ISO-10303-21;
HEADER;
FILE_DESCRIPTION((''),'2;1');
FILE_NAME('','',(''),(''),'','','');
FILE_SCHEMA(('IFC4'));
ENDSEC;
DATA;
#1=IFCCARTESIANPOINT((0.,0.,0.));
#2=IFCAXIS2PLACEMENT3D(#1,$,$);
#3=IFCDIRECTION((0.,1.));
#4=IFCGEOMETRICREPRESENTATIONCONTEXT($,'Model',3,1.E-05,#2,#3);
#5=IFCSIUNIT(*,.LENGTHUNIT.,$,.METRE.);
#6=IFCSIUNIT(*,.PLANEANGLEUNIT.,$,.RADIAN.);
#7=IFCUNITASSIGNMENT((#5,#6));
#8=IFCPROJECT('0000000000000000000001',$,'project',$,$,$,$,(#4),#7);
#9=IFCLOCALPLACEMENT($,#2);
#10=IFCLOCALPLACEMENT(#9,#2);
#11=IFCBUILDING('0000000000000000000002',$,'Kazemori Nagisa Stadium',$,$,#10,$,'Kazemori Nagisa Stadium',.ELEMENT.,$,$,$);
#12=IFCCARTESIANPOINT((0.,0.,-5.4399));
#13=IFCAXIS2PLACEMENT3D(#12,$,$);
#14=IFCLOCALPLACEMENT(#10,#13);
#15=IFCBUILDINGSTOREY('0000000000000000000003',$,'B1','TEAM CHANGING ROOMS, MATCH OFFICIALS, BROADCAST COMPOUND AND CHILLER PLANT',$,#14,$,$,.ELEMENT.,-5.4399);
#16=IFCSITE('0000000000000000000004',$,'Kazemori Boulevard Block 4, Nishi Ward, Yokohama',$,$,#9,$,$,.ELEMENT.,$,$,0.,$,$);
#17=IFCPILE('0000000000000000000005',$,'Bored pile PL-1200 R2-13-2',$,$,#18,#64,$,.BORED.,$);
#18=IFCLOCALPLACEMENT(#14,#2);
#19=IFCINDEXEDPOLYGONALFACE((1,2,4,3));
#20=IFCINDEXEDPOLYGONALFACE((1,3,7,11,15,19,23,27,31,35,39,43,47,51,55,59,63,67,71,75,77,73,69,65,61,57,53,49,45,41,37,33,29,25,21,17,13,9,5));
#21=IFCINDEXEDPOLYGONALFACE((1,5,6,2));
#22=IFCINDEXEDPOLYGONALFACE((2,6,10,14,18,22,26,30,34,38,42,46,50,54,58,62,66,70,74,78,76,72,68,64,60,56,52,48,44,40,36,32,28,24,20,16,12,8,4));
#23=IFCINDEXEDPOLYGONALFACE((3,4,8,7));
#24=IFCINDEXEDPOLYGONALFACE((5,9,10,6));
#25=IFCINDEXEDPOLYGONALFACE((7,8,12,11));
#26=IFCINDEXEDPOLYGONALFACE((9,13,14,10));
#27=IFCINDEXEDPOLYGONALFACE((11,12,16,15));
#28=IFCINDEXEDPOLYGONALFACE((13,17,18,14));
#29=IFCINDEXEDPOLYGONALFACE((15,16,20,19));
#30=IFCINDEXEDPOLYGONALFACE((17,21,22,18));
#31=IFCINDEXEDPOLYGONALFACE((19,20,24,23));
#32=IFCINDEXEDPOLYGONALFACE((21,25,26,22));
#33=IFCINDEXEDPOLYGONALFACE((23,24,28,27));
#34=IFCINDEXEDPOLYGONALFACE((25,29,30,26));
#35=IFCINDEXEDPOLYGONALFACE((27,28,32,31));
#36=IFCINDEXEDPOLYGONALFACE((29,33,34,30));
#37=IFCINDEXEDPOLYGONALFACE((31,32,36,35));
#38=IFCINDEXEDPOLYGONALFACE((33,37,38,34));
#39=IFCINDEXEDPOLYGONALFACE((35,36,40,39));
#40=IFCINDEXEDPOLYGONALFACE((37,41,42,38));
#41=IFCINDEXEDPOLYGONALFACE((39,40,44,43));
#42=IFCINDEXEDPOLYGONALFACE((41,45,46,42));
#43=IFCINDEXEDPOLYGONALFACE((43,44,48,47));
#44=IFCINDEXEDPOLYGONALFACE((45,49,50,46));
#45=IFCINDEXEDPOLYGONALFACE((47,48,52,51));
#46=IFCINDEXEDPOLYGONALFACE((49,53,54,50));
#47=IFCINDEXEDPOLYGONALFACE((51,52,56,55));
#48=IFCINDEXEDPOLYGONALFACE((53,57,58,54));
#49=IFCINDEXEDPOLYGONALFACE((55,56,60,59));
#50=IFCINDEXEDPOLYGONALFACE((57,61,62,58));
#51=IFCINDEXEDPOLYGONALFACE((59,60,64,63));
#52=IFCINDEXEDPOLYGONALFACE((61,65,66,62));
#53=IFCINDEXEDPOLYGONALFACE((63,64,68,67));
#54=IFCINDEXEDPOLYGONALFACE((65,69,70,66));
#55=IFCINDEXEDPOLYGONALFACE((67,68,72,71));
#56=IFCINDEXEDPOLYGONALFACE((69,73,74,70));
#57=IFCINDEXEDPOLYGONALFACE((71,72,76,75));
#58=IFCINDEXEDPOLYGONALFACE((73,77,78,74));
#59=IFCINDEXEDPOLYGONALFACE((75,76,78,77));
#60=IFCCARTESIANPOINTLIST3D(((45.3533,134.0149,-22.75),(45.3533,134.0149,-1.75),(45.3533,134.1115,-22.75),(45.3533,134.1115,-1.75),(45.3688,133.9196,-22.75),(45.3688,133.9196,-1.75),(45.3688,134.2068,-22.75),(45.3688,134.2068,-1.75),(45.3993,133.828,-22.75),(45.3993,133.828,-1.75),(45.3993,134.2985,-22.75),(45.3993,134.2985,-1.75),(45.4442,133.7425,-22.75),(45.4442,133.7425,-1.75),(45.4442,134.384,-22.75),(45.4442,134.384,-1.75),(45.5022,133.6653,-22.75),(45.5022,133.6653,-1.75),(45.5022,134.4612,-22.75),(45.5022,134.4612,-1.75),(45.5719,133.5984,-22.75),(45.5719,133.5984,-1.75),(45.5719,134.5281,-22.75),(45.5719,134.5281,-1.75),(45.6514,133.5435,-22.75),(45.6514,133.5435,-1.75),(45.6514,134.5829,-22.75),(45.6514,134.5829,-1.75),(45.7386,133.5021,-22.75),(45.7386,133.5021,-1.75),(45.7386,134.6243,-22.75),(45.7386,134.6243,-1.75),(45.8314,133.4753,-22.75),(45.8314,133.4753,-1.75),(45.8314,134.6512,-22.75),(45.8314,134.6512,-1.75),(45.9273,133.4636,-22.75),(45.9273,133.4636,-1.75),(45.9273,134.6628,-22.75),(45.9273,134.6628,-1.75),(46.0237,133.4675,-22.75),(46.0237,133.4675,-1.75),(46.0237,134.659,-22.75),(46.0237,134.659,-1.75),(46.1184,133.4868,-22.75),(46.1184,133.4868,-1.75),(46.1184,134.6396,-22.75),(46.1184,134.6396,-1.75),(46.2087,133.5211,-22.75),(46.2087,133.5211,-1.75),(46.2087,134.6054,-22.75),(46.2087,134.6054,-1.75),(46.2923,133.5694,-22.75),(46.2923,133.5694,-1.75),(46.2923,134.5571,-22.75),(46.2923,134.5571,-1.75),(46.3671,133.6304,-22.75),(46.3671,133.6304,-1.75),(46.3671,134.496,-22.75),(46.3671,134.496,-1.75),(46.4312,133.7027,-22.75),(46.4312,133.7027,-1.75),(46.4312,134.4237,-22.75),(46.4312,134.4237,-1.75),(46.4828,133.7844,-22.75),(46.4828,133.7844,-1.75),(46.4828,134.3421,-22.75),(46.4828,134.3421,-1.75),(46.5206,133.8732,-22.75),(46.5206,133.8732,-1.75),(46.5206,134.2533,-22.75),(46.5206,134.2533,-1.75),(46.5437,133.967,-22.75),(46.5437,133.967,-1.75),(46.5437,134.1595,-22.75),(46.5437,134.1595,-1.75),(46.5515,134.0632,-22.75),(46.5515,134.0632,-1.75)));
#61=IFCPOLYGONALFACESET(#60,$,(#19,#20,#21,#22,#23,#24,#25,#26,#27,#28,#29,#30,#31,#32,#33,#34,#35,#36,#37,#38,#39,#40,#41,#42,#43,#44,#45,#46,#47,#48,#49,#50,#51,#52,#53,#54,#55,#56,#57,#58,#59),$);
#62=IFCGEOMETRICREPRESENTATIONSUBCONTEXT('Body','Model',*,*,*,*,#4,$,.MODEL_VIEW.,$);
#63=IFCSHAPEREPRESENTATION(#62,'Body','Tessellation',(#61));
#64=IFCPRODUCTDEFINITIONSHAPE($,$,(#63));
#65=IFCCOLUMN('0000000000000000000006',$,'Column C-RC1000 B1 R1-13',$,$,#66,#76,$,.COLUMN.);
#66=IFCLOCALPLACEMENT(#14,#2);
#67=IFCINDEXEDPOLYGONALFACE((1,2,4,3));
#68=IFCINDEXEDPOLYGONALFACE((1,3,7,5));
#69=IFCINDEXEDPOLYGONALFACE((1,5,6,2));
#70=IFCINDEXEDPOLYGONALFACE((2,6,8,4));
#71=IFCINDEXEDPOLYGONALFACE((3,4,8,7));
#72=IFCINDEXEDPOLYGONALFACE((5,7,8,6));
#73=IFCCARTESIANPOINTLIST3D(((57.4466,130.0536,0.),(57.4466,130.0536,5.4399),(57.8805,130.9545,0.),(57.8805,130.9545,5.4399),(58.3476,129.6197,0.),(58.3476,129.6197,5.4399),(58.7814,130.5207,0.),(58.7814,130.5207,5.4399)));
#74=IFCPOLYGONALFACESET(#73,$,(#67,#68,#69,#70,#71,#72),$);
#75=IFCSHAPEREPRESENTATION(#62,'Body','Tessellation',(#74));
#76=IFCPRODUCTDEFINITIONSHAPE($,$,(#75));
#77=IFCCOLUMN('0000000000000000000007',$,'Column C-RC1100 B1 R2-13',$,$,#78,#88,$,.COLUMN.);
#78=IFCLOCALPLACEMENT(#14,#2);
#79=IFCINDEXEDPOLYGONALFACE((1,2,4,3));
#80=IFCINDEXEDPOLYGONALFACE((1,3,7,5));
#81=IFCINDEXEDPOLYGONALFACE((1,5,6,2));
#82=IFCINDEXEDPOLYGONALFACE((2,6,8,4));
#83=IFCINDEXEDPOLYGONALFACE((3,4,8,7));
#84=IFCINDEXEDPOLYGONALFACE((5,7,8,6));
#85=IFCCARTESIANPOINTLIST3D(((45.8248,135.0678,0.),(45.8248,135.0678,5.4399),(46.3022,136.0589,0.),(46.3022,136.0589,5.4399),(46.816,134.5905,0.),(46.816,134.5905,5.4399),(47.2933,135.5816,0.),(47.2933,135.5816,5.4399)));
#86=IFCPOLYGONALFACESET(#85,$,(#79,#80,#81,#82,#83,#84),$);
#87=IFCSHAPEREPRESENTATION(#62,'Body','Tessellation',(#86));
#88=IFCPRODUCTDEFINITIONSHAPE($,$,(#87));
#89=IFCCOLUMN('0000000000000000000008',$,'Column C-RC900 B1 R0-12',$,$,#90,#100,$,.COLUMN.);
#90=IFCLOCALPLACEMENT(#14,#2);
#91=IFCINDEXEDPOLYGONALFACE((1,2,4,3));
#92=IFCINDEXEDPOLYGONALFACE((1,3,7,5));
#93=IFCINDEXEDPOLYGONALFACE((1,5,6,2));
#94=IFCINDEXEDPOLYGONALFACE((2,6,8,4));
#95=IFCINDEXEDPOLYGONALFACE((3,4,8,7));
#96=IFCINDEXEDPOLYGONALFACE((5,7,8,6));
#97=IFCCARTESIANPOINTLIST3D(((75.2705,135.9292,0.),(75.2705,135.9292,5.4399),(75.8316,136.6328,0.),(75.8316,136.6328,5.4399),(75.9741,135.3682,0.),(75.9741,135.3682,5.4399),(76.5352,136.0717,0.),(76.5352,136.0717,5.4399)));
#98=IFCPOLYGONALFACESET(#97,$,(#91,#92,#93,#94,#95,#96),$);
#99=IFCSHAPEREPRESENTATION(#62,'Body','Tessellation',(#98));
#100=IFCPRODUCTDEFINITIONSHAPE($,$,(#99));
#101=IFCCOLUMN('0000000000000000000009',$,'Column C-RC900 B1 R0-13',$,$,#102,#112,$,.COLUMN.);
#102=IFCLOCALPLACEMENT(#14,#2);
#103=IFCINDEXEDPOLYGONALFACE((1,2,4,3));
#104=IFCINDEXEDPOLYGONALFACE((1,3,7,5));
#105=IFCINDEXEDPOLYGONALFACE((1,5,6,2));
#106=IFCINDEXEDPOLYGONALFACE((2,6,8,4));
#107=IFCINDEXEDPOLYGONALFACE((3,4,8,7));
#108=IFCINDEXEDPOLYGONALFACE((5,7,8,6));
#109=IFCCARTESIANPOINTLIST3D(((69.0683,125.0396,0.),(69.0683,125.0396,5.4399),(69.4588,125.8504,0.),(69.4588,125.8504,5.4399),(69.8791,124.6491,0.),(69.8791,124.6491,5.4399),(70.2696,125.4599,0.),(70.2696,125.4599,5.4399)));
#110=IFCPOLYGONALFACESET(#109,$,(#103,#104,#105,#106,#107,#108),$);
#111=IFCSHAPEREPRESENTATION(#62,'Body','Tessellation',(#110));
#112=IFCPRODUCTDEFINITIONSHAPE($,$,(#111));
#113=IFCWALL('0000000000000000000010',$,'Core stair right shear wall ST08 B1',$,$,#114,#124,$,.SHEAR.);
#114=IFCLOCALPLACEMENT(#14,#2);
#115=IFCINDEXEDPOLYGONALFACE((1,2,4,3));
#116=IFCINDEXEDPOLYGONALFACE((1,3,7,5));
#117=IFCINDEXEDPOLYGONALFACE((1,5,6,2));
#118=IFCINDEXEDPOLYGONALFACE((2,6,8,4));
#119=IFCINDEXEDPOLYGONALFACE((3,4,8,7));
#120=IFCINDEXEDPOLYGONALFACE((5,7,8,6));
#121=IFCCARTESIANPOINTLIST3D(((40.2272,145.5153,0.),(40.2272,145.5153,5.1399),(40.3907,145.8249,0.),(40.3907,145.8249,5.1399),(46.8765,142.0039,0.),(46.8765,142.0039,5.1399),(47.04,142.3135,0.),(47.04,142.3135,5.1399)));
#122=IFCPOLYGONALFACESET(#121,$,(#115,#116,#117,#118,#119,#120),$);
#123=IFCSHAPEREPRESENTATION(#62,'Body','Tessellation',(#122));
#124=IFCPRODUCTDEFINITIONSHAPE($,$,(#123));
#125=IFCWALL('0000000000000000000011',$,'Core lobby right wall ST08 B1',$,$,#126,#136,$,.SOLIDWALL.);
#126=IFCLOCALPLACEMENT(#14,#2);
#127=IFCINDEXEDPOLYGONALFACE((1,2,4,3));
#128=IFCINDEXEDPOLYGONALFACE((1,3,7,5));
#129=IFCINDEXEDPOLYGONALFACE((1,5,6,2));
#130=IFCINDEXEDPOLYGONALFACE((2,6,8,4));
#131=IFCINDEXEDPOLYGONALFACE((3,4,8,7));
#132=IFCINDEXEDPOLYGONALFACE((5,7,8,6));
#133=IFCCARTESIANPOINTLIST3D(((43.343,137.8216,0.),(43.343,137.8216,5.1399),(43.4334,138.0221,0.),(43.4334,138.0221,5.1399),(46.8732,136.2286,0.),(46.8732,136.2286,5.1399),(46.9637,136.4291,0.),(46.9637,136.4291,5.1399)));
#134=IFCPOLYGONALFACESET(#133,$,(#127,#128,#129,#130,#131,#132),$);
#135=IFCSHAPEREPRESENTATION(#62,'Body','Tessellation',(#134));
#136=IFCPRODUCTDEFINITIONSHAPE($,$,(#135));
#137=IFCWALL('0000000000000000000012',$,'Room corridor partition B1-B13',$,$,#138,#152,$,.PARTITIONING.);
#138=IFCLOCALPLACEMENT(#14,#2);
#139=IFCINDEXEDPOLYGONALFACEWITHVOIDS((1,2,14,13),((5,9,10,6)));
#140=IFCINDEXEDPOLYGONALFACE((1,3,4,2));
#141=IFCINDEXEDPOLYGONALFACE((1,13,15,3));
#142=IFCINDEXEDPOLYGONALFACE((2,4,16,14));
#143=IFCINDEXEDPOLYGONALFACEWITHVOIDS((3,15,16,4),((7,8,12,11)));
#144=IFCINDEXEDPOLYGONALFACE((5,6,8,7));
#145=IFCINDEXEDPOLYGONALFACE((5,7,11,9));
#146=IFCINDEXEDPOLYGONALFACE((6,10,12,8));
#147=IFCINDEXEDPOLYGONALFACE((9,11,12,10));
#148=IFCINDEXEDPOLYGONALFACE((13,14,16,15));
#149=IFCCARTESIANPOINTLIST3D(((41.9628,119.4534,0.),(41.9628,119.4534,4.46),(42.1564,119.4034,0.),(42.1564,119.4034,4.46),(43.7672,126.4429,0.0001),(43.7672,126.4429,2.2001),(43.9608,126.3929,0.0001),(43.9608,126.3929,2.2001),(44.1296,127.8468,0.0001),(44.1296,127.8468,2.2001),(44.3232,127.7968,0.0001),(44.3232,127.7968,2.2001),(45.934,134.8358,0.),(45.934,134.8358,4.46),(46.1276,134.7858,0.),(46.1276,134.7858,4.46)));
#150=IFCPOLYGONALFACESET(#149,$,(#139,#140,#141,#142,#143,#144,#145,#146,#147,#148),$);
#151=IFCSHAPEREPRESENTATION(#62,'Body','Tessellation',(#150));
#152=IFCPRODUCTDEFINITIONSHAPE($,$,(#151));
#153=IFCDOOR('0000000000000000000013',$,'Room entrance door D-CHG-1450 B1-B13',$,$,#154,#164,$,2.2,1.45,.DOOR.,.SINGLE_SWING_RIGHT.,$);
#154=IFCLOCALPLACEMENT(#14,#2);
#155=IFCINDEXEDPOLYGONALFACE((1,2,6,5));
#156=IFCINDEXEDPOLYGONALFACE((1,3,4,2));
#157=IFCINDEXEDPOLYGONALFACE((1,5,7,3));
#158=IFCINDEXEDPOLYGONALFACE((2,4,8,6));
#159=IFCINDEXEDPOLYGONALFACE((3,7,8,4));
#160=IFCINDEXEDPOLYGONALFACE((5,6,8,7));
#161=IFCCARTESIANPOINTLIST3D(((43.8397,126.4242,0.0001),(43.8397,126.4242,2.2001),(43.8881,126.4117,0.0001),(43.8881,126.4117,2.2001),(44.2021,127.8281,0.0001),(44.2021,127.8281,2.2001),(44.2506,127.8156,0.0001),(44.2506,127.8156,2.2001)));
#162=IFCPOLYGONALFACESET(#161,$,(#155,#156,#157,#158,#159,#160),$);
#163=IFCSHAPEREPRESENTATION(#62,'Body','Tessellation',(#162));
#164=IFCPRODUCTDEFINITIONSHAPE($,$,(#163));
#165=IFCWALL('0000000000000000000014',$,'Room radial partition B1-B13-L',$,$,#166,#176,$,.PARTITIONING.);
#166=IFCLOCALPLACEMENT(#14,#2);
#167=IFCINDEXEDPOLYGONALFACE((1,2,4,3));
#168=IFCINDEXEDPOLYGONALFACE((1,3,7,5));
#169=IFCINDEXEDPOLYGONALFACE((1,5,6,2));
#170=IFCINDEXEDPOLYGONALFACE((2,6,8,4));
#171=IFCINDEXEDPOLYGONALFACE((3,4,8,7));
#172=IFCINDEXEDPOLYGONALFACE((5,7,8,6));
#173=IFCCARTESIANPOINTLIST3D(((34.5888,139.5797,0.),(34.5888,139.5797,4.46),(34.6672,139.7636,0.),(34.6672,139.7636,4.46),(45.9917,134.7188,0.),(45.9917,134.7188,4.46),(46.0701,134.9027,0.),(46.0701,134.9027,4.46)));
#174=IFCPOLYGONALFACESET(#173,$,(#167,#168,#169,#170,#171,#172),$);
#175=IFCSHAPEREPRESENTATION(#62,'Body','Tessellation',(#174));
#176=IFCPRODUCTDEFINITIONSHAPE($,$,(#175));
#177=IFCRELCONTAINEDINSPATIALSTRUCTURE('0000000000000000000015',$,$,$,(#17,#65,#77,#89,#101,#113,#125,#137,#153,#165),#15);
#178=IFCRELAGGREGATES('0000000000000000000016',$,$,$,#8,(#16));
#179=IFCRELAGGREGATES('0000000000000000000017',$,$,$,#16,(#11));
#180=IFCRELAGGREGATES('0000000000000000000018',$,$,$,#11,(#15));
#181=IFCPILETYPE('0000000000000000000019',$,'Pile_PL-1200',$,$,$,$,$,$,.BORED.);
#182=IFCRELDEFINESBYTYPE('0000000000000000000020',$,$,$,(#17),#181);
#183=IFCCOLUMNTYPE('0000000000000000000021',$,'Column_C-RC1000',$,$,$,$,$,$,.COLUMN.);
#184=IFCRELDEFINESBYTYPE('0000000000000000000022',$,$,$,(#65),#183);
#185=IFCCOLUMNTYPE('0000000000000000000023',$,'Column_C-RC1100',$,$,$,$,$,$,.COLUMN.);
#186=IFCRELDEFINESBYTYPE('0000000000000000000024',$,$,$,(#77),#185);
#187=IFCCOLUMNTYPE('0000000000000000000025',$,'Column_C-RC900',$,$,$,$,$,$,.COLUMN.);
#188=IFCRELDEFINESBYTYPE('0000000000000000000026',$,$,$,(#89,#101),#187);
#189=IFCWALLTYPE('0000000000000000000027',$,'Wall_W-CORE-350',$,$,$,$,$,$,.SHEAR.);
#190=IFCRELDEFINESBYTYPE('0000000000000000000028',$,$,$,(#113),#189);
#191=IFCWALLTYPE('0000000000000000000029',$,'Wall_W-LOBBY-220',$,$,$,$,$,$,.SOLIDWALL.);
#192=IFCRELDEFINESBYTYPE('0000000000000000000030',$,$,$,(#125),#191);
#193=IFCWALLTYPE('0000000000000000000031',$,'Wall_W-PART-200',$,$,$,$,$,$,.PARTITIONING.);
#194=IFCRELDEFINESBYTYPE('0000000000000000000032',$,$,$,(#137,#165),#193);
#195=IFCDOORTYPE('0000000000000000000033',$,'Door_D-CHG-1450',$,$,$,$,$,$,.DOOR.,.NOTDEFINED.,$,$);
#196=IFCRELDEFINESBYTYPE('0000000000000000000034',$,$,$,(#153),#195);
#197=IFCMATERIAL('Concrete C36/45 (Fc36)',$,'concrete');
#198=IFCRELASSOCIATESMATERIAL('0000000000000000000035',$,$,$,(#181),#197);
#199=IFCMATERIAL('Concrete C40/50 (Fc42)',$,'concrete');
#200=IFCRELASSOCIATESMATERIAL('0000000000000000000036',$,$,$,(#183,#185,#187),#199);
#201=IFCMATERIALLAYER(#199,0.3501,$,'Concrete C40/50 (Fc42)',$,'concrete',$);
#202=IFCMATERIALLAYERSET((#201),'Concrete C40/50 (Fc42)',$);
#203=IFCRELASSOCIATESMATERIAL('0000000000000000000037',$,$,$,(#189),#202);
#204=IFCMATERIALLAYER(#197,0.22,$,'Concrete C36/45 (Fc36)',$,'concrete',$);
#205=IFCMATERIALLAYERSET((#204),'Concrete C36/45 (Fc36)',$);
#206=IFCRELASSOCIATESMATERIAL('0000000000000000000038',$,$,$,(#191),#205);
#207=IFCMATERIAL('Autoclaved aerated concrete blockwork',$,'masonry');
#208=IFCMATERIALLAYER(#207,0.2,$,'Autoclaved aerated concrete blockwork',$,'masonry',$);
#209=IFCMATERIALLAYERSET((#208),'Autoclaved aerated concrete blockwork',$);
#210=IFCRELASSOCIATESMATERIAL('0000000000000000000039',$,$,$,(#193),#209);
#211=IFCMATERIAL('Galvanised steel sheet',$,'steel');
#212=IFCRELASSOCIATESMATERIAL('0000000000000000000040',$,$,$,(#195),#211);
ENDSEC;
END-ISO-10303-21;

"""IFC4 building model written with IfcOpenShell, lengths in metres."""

from ifc_helpers import new_model, si_unit, direction, frame, frame_2d, origin, origin_2d, place, context, subcontext, project, spatial, rectangle, circle, extrude, material, layer, layer_set, material_profile, profile_set, type_object, element, fill, save


model = new_model("IFC4")

# Units and contexts
model_context = context("Model", 3, precision=1e-05, world=origin(), true_north=direction((0.0, 1.0)))
body_context = subcontext(model_context, "Body", "Model", "MODEL_VIEW")
ifc_project = project(units=[si_unit("LENGTHUNIT", "METRE"), si_unit("PLANEANGLEUNIT", "RADIAN")], contexts=[model_context])

# Site, building, storey
site_placement = place(None, origin())
site = spatial("IfcSite", under=ifc_project, at=site_placement, Name="Kazemori Boulevard Block 4, Nishi Ward, Yokohama", CompositionType="ELEMENT", RefElevation=0.0)
building_placement = place(site_placement, origin())
building = spatial("IfcBuilding", under=site, at=building_placement, Name="Kazemori Nagisa Stadium", LongName="Kazemori Nagisa Stadium", CompositionType="ELEMENT")
storey_placement = place(building_placement, frame((0.0, 0.0, -5.4399)))
storey = spatial("IfcBuildingStorey", under=building, at=storey_placement, Name="B1", Description="TEAM CHANGING ROOMS, MATCH OFFICIALS, BROADCAST COMPOUND AND CHILLER PLANT", CompositionType="ELEMENT", Elevation=-5.4399)

# Shared definitions
ifc_material_1 = material(Name="Concrete C40/50 (Fc42)", Category="concrete")

# Pile
ifc_material_2 = material(Name="Concrete C36/45 (Fc36)", Category="concrete")
ifc_material_profile_1 = material_profile(ifc_material_2, circle(Radius=0.6001, at=origin_2d()), Name="PILE-D1200")
ifc_profile_set_1 = profile_set([ifc_material_profile_1], Name="Concrete C36/45 (Fc36)")
pile_type = type_object("IfcPileType", Name="Pile_PL-1200", PredefinedType="BORED", material=ifc_profile_set_1)
for number, where, z_axis, x_axis, name in (
    (1, (45.9514, 134.0632, -1.75), (0.0, 0.0, -1.0), (1.0, 0.0, 0.0), "Bored pile PL-1200 R2-13-2"),
):
    element("IfcPile", number, at=place(storey_placement, frame(where, z_axis=z_axis, x_axis=x_axis)), inside=storey, type_object=pile_type, Name=name, PredefinedType="BORED", context=body_context, shape_type="SweptSolid", body=[
        extrude(circle(Radius=0.6001, at=origin_2d()), origin(), (0.0, 0.0, 1.0), 21.0),
    ])

# Columns
ifc_material_profile_2 = material_profile(ifc_material_1, rectangle(XDim=1.0, YDim=1.0, at=origin_2d()), Name="RC-COL-1000x1000")
ifc_profile_set_2 = profile_set([ifc_material_profile_2], Name="Concrete C40/50 (Fc42)")
column_type_1 = type_object("IfcColumnType", Name="Column_C-RC1000", PredefinedType="COLUMN", material=ifc_profile_set_2)
column_1_placement = place(storey_placement, frame((58.114, 130.2871, 0.0), z_axis=(0.0, 0.0, 1.0), x_axis=(-0.900969, 0.433884, 0.0)))
element("IfcColumn", 2, at=column_1_placement, inside=storey, type_object=column_type_1, Name="Column C-RC1000 B1 R1-13", PredefinedType="COLUMN", context=body_context, shape_type="SweptSolid", body=[
    extrude(rectangle(XDim=1.0, YDim=1.0, at=origin_2d()), origin(), (0.0, 0.0, 1.0), 5.4399),
])
ifc_material_profile_3 = material_profile(ifc_material_1, rectangle(XDim=1.1001, YDim=1.1001, at=origin_2d()), Name="RC-COL-1100x1100")
ifc_profile_set_3 = profile_set([ifc_material_profile_3], Name="Concrete C40/50 (Fc42)")
column_type_2 = type_object("IfcColumnType", Name="Column_C-RC1100", PredefinedType="COLUMN", material=ifc_profile_set_3)
column_2_placement = place(storey_placement, frame((46.5591, 135.3247, 0.0), z_axis=(0.0, 0.0, 1.0), x_axis=(-0.900969, 0.433884, 0.0)))
element("IfcColumn", 3, at=column_2_placement, inside=storey, type_object=column_type_2, Name="Column C-RC1100 B1 R2-13", PredefinedType="COLUMN", context=body_context, shape_type="SweptSolid", body=[
    extrude(rectangle(XDim=1.1001, YDim=1.1001, at=origin_2d()), origin(), (0.0, 0.0, 1.0), 5.4399),
])
ifc_material_profile_4 = material_profile(ifc_material_1, rectangle(XDim=0.8999, YDim=0.8999, at=origin_2d()), Name="RC-COL-900x900")
ifc_profile_set_4 = profile_set([ifc_material_profile_4], Name="Concrete C40/50 (Fc42)")
column_type_3 = type_object("IfcColumnType", Name="Column_C-RC900", PredefinedType="COLUMN", material=ifc_profile_set_4)
for number, where, z_axis, x_axis, name in (
    (4, (75.9028, 136.0005, 0.0), (0.0, 0.0, 1.0), (-0.781831, 0.62349, 0.0), "Column C-RC900 B1 R0-12"),
    (5, (69.6689, 125.2498, 0.0), (0.0, 0.0, 1.0), (-0.900969, 0.433884, 0.0), "Column C-RC900 B1 R0-13"),
):
    element("IfcColumn", number, at=place(storey_placement, frame(where, z_axis=z_axis, x_axis=x_axis)), inside=storey, type_object=column_type_3, Name=name, PredefinedType="COLUMN", context=body_context, shape_type="SweptSolid", body=[
        extrude(rectangle(XDim=0.8999, YDim=0.8999, at=origin_2d()), origin(), (0.0, 0.0, 1.0), 5.4399),
    ])

# Walls
ifc_layer_1 = layer(ifc_material_1, 0.3501, Name="Concrete C40/50 (Fc42)", Category="concrete")
ifc_layer_set_1 = layer_set([ifc_layer_1], Name="Concrete C40/50 (Fc42)")
wall_type_1 = type_object("IfcWallType", Name="Wall_W-CORE-350", PredefinedType="SHEAR", material=ifc_layer_set_1)
wall_1_placement = place(storey_placement, frame((46.9583, 142.1587, 0.0), z_axis=(0.0, 0.0, 1.0), x_axis=(-0.884272, 0.466973, 0.0)))
element("IfcWall", 6, at=wall_1_placement, inside=storey, type_object=wall_type_1, Name="Core stair right shear wall ST08 B1", PredefinedType="SHEAR", context=body_context, shape_type="SweptSolid", body=[
    extrude(rectangle(XDim=7.5195, YDim=0.3501, at=frame_2d((3.7598, 0.0))), origin(), (0.0, 0.0, 1.0), 5.1399),
])
ifc_layer_2 = layer(ifc_material_2, 0.22, Name="Concrete C36/45 (Fc36)", Category="concrete")
ifc_layer_set_2 = layer_set([ifc_layer_2], Name="Concrete C36/45 (Fc36)")
wall_type_2 = type_object("IfcWallType", Name="Wall_W-LOBBY-220", PredefinedType="SOLIDWALL", material=ifc_layer_set_2)
wall_2_placement = place(storey_placement, frame((46.9185, 136.3289, 0.0), z_axis=(0.0, 0.0, 1.0), x_axis=(-0.911496, 0.411308, 0.0)))
element("IfcWall", 7, at=wall_2_placement, inside=storey, type_object=wall_type_2, Name="Core lobby right wall ST08 B1", PredefinedType="SOLIDWALL", context=body_context, shape_type="SweptSolid", body=[
    extrude(rectangle(XDim=3.873, YDim=0.22, at=frame_2d((1.9365, 0.0))), origin(), (0.0, 0.0, 1.0), 5.1399),
])

# Wall, opening, door
ifc_material_3 = material(Name="Autoclaved aerated concrete blockwork", Category="masonry")
ifc_layer_3 = layer(ifc_material_3, 0.2, Name="Autoclaved aerated concrete blockwork", Category="masonry")
ifc_layer_set_3 = layer_set([ifc_layer_3], Name="Autoclaved aerated concrete blockwork")
wall_type_3 = type_object("IfcWallType", Name="Wall_W-PART-200", PredefinedType="PARTITIONING", material=ifc_layer_set_3)
wall_3_placement = place(storey_placement, frame((46.0308, 134.8108, 0.0), z_axis=(0.0, 0.0, 1.0), x_axis=(-0.24997, -0.968254, 0.0)))
wall_3 = element("IfcWall", 8, at=wall_3_placement, inside=storey, type_object=wall_type_3, Name="Room corridor partition B1-B13", PredefinedType="PARTITIONING", context=body_context, shape_type="SweptSolid", body=[
    extrude(rectangle(XDim=15.8867, YDim=0.2, at=frame_2d((7.9434, 0.0))), origin(), (0.0, 0.0, 1.0), 4.46),
])
opening_1_placement = place(wall_3_placement, frame((7.218, 0.0, 0.0)))
opening_1 = element("IfcOpeningElement", 9, at=opening_1_placement, cuts=wall_3, PredefinedType="OPENING", context=body_context, shape_type="SweptSolid", body=[
    extrude(rectangle(XDim=1.45, YDim=2.2, at=frame_2d((0.7251, 1.1001))), frame((0.0, 0.1099, 0.0), z_axis=(0.0, -1.0, 0.0), x_axis=(1.0, 0.0, 0.0)), (0.0, 0.0, 1.0), 0.22),
])
ifc_material_4 = material(Name="Galvanised steel sheet", Category="steel")
door_type_1 = type_object("IfcDoorType", Name="Door_D-CHG-1450", OperationType="NOTDEFINED", PredefinedType="DOOR", material=ifc_material_4)
door_1_placement = place(opening_1_placement, origin())
door_1 = element("IfcDoor", 10, at=door_1_placement, inside=storey, type_object=door_type_1, Name="Room entrance door D-CHG-1450 B1-B13", OperationType="SINGLE_SWING_RIGHT", OverallHeight=2.2, OverallWidth=1.45, PredefinedType="DOOR", context=body_context, shape_type="SweptSolid", body=[
    extrude(rectangle(XDim=1.45, YDim=2.2, at=frame_2d((0.7251, 1.1001))), frame((0.0, 0.0249, 0.0), z_axis=(0.0, -1.0, 0.0), x_axis=(1.0, 0.0, 0.0)), (0.0, 0.0, 1.0), 0.05),
])
fill(opening_1, door_1)

# Wall
wall_4_placement = place(storey_placement, frame((46.0308, 134.8108, 0.0), z_axis=(0.0, 0.0, 1.0), x_axis=(-0.919905, 0.392141, 0.0)))
element("IfcWall", 11, at=wall_4_placement, inside=storey, type_object=wall_type_3, Name="Room radial partition B1-B13-L", PredefinedType="PARTITIONING", context=body_context, shape_type="SweptSolid", body=[
    extrude(rectangle(XDim=12.3958, YDim=0.2, at=frame_2d((6.1978, 0.0))), origin(), (0.0, 0.0, 1.0), 4.46),
])

save(model, "model.ifc")
